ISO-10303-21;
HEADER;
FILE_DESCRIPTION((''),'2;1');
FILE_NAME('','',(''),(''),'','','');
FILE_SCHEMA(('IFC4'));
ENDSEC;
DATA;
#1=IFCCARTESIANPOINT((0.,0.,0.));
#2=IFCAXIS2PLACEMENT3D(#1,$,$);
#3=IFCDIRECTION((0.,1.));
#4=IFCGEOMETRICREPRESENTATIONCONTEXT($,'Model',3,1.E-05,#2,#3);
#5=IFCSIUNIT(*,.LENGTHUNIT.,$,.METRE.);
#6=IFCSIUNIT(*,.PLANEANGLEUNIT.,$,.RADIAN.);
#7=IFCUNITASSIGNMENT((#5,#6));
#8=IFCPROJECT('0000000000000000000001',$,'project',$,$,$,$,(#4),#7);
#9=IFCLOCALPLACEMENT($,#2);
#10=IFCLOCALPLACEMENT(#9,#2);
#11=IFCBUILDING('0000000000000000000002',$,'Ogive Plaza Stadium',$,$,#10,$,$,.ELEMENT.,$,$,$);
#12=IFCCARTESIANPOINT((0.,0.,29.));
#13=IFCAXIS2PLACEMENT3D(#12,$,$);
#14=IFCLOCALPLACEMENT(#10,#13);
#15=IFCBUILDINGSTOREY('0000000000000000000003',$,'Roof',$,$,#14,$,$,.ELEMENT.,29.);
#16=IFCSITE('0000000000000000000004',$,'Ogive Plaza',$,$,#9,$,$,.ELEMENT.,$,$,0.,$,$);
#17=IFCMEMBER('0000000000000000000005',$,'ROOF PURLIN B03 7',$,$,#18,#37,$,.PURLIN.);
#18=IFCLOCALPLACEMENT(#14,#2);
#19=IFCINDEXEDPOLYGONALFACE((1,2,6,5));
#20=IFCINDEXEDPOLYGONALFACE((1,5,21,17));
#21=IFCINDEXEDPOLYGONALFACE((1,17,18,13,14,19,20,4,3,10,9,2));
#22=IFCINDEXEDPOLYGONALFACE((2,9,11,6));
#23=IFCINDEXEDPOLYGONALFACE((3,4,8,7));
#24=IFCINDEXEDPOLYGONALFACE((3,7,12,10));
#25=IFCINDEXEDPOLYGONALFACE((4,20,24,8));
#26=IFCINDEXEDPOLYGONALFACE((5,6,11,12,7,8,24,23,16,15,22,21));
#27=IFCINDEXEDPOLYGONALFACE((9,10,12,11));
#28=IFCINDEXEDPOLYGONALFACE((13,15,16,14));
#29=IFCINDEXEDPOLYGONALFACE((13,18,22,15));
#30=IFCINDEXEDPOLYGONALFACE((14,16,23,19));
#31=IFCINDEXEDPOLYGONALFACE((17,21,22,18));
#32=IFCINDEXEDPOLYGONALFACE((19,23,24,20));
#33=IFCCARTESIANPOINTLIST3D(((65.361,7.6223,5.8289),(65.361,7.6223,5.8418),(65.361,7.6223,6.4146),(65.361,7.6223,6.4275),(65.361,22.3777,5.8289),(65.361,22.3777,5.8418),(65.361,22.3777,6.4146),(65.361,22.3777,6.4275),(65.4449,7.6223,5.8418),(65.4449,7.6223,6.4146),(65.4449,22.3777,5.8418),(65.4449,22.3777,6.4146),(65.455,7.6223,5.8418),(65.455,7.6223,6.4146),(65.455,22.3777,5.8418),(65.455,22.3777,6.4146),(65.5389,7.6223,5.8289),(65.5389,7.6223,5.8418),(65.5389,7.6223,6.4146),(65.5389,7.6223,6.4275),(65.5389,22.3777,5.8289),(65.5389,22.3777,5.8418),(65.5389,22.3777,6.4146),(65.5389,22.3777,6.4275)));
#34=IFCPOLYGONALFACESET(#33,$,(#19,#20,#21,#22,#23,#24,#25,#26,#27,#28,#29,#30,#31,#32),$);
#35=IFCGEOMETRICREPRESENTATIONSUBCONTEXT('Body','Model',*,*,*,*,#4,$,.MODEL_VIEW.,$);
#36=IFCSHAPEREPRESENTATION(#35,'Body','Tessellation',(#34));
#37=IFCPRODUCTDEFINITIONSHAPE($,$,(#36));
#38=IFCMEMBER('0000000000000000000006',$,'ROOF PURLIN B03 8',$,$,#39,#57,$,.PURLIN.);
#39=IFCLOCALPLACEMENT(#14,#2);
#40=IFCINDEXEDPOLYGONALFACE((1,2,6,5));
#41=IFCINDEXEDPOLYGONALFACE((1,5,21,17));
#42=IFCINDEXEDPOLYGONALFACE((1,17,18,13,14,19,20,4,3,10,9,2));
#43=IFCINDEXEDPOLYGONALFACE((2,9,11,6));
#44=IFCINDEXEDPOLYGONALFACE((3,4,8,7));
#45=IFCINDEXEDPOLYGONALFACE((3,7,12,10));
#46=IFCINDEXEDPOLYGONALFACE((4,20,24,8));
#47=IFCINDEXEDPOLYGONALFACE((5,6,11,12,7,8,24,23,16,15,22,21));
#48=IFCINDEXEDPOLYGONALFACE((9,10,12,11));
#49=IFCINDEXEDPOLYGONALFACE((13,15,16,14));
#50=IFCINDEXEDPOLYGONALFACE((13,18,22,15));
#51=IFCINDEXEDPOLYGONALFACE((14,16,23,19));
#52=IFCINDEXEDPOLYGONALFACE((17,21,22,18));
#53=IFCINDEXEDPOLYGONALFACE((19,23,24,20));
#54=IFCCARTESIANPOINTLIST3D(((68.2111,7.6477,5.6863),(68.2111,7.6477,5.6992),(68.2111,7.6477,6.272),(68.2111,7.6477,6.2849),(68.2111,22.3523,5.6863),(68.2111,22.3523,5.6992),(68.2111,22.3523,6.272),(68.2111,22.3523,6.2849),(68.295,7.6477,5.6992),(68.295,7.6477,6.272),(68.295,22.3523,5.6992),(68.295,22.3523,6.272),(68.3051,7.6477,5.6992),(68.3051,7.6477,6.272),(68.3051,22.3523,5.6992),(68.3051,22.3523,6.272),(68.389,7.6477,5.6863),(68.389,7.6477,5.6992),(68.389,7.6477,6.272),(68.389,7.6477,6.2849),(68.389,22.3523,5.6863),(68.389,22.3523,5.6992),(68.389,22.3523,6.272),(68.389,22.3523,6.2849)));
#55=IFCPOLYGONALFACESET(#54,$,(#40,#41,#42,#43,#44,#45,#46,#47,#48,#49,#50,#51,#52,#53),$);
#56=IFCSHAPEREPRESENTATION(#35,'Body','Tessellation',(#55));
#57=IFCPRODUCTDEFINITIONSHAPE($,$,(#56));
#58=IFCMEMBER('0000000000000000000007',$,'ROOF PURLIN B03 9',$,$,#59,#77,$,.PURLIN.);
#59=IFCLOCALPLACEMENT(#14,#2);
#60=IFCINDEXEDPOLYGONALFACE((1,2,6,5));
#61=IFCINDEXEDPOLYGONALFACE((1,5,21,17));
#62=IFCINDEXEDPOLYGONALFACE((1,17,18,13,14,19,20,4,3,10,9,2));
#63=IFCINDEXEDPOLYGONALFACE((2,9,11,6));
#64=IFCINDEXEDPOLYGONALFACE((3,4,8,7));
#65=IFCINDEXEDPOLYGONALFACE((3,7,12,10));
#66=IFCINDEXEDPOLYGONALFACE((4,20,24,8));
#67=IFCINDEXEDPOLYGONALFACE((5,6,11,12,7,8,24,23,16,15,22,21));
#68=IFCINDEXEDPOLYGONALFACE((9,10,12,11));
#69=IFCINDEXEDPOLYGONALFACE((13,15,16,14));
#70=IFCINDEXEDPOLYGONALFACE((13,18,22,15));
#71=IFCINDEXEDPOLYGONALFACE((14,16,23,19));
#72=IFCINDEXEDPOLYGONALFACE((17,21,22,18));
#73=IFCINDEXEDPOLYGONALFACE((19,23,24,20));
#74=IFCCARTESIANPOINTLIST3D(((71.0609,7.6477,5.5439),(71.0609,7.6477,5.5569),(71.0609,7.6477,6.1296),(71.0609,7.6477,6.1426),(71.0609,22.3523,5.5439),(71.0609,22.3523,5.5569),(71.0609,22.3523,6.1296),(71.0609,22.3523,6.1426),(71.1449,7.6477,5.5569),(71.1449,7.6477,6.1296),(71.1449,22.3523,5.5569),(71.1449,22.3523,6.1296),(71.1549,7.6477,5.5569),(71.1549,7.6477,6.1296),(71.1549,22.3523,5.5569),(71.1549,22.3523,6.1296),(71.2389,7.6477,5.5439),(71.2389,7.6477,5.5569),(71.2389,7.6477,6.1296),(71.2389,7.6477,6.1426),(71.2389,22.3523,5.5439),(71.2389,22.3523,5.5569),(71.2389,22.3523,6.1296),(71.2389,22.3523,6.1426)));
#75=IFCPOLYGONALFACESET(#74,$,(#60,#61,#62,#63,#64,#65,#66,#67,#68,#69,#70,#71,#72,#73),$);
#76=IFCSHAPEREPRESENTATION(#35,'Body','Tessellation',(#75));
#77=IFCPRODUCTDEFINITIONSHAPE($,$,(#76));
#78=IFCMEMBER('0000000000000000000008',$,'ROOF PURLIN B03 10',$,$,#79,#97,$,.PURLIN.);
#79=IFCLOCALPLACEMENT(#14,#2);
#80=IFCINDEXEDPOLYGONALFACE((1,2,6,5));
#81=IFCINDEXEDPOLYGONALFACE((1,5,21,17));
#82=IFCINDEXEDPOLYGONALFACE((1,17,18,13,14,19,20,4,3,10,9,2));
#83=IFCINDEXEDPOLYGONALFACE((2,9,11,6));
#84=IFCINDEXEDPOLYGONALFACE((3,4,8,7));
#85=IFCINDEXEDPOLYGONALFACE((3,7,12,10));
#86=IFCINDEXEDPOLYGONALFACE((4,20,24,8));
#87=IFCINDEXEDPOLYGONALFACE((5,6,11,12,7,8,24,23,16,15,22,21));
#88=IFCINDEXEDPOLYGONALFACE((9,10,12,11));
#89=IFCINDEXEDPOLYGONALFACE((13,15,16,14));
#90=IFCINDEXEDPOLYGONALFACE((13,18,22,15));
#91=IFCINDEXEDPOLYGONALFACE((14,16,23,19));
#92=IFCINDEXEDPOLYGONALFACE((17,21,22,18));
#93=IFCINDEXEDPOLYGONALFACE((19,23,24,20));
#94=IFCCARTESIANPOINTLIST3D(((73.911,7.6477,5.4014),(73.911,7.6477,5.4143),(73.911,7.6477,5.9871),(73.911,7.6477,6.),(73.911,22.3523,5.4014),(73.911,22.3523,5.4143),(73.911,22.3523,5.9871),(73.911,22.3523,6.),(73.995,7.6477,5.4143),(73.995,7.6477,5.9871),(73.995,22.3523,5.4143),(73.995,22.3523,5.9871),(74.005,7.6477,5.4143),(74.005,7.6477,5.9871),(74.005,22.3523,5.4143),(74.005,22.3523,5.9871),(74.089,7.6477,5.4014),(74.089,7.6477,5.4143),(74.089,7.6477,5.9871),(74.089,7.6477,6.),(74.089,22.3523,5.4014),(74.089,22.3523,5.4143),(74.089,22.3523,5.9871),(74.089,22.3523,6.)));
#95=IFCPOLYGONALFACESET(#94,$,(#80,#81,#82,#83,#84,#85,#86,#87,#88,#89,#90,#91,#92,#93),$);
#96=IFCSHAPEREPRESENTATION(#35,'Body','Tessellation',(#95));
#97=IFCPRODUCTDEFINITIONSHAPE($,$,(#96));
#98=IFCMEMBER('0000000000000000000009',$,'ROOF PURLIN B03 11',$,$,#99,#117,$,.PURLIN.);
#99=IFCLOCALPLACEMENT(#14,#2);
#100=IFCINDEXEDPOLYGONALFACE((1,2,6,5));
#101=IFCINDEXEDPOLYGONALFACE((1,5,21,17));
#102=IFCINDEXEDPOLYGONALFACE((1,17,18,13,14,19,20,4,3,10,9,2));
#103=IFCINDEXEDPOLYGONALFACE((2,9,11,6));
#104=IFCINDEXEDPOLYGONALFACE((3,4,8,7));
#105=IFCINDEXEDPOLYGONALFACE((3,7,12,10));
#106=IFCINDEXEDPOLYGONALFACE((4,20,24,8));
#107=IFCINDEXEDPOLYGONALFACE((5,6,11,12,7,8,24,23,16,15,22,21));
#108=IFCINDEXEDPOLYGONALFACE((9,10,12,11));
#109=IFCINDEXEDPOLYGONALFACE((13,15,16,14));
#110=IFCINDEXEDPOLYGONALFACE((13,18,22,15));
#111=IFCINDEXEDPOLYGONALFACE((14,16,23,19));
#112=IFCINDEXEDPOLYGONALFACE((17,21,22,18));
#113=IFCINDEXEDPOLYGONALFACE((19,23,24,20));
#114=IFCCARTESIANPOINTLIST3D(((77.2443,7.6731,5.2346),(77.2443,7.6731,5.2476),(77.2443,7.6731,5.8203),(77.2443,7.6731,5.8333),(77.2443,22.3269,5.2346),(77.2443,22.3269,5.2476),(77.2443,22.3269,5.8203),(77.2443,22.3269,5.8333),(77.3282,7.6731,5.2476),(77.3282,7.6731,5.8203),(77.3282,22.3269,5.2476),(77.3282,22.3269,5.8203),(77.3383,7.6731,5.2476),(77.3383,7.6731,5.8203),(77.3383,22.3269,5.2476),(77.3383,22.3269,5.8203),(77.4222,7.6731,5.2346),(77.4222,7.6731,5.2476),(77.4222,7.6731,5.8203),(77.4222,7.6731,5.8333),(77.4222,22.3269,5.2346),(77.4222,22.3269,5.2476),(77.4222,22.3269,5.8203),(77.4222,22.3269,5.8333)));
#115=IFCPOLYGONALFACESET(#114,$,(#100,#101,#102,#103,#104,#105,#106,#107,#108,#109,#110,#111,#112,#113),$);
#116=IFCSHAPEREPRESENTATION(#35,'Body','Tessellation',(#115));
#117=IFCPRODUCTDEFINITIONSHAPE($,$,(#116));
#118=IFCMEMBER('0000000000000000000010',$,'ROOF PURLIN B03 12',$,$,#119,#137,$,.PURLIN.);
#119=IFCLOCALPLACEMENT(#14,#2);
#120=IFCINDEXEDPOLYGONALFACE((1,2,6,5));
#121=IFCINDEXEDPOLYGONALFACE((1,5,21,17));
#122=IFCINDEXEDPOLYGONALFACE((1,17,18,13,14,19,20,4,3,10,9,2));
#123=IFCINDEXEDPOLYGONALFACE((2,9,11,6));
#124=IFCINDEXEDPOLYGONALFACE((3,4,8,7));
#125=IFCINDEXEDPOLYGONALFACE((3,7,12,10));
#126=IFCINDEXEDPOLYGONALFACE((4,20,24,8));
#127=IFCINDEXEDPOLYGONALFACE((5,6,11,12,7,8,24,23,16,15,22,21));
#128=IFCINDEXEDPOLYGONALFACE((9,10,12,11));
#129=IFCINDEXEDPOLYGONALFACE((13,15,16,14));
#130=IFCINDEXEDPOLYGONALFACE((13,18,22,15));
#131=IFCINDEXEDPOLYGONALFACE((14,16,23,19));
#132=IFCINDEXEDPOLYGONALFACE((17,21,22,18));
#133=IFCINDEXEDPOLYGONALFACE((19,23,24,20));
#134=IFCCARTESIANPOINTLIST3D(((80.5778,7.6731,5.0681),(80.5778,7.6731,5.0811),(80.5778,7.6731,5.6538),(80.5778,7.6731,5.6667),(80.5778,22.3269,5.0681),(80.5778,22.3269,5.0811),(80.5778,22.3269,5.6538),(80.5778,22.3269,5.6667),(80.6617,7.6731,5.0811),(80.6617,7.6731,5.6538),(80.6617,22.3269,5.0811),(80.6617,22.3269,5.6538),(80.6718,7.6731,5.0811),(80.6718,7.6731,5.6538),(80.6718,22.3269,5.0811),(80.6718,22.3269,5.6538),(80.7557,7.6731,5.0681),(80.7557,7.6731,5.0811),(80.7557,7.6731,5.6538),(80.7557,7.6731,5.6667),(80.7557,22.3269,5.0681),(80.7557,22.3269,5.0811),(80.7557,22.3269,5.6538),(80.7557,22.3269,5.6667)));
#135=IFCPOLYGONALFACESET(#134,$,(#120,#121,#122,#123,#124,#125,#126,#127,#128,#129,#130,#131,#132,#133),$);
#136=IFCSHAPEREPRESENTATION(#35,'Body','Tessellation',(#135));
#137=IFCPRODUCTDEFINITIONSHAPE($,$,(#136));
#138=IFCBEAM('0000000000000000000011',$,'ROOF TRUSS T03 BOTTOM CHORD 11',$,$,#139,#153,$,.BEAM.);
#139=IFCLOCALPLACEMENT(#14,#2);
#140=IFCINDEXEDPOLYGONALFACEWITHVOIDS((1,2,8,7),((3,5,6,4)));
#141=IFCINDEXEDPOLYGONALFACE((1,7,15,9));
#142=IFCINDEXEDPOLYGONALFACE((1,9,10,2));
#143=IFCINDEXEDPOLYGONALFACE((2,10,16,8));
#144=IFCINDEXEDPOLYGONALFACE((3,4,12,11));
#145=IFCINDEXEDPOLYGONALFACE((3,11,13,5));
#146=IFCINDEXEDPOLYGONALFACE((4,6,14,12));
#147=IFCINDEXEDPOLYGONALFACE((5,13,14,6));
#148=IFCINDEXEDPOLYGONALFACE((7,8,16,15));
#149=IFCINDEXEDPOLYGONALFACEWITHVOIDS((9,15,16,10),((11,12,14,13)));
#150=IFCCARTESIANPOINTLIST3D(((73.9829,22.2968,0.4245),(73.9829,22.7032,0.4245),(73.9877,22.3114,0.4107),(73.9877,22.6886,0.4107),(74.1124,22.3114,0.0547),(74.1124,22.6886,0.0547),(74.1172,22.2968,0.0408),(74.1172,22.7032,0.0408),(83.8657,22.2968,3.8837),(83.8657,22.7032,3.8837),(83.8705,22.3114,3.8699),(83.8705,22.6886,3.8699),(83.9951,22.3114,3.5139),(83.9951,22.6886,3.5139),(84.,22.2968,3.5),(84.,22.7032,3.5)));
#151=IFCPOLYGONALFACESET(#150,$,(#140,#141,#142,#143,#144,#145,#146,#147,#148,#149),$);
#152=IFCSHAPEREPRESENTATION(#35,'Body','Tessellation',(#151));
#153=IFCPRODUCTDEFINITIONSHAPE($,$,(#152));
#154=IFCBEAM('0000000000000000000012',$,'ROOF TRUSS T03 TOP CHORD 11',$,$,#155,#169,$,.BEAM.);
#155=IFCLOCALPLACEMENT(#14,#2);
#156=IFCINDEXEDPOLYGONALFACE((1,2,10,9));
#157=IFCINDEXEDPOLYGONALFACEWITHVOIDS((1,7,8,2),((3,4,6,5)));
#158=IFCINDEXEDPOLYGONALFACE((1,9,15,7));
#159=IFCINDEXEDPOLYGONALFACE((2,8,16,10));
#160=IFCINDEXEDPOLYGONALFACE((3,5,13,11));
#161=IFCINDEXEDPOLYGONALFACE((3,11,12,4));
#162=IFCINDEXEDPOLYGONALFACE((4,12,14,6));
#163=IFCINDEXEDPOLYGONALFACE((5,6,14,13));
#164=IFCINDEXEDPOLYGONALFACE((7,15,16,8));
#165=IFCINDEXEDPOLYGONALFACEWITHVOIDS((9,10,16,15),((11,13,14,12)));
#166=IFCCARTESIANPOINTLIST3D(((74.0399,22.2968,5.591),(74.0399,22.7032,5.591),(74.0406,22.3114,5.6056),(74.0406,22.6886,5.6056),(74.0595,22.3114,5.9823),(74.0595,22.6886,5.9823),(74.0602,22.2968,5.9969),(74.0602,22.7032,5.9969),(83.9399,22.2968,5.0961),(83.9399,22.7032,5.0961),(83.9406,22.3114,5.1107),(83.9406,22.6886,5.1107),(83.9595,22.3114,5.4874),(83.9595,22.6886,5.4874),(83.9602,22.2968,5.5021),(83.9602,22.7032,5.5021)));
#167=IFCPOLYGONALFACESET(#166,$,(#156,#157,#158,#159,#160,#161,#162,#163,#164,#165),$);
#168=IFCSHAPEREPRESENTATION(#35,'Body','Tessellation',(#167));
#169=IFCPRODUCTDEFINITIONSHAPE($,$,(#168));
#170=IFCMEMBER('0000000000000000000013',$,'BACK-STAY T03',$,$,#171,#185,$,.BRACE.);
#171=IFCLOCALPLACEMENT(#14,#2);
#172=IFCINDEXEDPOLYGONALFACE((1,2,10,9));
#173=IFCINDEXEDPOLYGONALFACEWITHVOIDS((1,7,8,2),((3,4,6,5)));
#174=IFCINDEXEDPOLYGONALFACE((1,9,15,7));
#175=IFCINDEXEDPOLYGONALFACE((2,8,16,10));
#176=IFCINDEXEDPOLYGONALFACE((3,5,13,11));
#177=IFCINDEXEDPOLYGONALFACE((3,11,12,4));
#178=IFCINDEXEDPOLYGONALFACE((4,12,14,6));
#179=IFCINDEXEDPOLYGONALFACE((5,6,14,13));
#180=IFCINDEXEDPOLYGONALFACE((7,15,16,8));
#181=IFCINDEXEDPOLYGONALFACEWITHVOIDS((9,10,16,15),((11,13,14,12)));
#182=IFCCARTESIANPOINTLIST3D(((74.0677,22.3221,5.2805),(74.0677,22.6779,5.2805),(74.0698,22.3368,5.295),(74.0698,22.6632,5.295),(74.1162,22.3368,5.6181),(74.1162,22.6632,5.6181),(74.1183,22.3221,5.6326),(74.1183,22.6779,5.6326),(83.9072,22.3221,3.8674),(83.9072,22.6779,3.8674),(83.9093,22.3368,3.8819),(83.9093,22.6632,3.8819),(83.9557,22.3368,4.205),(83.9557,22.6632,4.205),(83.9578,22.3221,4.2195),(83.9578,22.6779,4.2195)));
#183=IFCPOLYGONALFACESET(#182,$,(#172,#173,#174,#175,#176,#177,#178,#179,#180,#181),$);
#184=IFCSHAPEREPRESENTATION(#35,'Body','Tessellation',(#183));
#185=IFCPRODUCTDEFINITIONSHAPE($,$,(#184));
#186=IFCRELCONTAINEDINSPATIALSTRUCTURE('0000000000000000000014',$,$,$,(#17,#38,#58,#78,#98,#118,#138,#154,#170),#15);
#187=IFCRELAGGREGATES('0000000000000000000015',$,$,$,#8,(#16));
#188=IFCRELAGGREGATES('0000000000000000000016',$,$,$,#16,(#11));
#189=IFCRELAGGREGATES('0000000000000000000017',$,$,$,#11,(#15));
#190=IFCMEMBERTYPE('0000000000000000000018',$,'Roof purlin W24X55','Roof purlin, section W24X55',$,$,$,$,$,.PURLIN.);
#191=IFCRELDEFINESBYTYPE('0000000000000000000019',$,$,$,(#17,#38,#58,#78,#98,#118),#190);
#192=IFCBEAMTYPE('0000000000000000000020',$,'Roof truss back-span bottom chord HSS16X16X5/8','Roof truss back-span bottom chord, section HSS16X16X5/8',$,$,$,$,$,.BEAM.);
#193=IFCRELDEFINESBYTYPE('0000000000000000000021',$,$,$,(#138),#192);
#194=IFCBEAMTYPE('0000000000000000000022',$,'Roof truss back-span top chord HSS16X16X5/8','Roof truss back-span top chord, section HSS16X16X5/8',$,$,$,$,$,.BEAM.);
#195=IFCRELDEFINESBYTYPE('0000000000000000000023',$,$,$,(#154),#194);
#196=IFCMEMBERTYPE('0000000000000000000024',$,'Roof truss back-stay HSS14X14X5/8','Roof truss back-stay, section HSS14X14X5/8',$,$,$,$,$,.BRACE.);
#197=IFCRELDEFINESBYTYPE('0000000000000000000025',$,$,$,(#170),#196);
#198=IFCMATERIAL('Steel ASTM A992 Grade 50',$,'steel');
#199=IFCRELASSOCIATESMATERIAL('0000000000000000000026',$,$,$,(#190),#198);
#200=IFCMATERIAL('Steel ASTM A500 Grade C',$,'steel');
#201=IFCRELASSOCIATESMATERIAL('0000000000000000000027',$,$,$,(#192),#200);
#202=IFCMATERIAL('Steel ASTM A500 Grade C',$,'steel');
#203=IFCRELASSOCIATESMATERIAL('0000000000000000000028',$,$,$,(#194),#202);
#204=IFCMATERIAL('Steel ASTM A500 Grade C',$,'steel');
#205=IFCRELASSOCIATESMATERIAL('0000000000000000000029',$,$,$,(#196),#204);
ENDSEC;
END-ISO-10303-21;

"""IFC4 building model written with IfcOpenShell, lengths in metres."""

from ifc_helpers import new_model, si_unit, direction, frame, origin, origin_2d, place, context, subcontext, project, spatial, hollow_rectangle, i_section, extrude, material, material_profile, profile_set, type_object, element, save


model = new_model("IFC4")

# Units and contexts
model_context = context("Model", 3, precision=1e-05, world=origin(), true_north=direction((0.0, 1.0)))
body_context = subcontext(model_context, "Body", "Model", "MODEL_VIEW")
ifc_project = project(units=[si_unit("LENGTHUNIT", "METRE"), si_unit("PLANEANGLEUNIT", "RADIAN")], contexts=[model_context])

# Site, building, storey
site_placement = place(None, origin())
site = spatial("IfcSite", under=ifc_project, at=site_placement, Name="Ogive Plaza", CompositionType="ELEMENT", RefElevation=0.0)
building_placement = place(site_placement, origin())
building = spatial("IfcBuilding", under=site, at=building_placement, Name="Ogive Plaza Stadium", CompositionType="ELEMENT")
storey_placement = place(building_placement, frame((0.0, 0.0, 29.0)))
storey = spatial("IfcBuildingStorey", under=building, at=storey_placement, Name="Roof", CompositionType="ELEMENT", Elevation=29.0)

# Members
ifc_material_1 = material(Name="Steel ASTM A992 Grade 50", Category="steel")
ifc_material_profile_1 = material_profile(ifc_material_1, i_section(OverallWidth=0.178, OverallDepth=0.5986, WebThickness=0.01, FlangeThickness=0.0129, at=origin_2d()), Name="W24X55")
ifc_profile_set_1 = profile_set([ifc_material_profile_1], Name="Steel ASTM A992 Grade 50")
member_type_1 = type_object("IfcMemberType", Name="Roof purlin W24X55", Description="Roof purlin, section W24X55", PredefinedType="PURLIN", material=ifc_profile_set_1)
member_1_placement = place(storey_placement, frame((65.45, 22.3777, 6.1282), z_axis=(0.0, -1.0, 0.0), x_axis=(1.0, 0.0, 0.0)))
element("IfcMember", 1, at=member_1_placement, inside=storey, type_object=member_type_1, Name="ROOF PURLIN B03 7", PredefinedType="PURLIN", context=body_context, shape_type="SweptSolid", body=[
    extrude(i_section(OverallWidth=0.178, OverallDepth=0.5986, WebThickness=0.01, FlangeThickness=0.0129, at=origin_2d()), origin(), (0.0, 0.0, 1.0), 14.7554),
])
for number, where, z_axis, x_axis, name in (
    (2, (68.3, 22.3523, 5.9856), (0.0, -1.0, 0.0), (1.0, 0.0, 0.0), "ROOF PURLIN B03 8"),
    (3, (71.1499, 22.3523, 5.8433), (0.0, -1.0, 0.0), (1.0, 0.0, 0.0), "ROOF PURLIN B03 9"),
    (4, (74.0, 22.3523, 5.7007), (0.0, -1.0, 0.0), (1.0, 0.0, 0.0), "ROOF PURLIN B03 10"),
):
    element("IfcMember", number, at=place(storey_placement, frame(where, z_axis=z_axis, x_axis=x_axis)), inside=storey, type_object=member_type_1, Name=name, PredefinedType="PURLIN", context=body_context, shape_type="SweptSolid", body=[
        extrude(i_section(OverallWidth=0.178, OverallDepth=0.5986, WebThickness=0.01, FlangeThickness=0.0129, at=origin_2d()), origin(), (0.0, 0.0, 1.0), 14.7046),
    ])
for number, where, z_axis, x_axis, name in (
    (5, (77.3333, 22.3269, 5.5339), (0.0, -1.0, 0.0), (1.0, 0.0, 0.0), "ROOF PURLIN B03 11"),
    (6, (80.6667, 22.3269, 5.3674), (0.0, -1.0, 0.0), (1.0, 0.0, 0.0), "ROOF PURLIN B03 12"),
):
    element("IfcMember", number, at=place(storey_placement, frame(where, z_axis=z_axis, x_axis=x_axis)), inside=storey, type_object=member_type_1, Name=name, PredefinedType="PURLIN", context=body_context, shape_type="SweptSolid", body=[
        extrude(i_section(OverallWidth=0.178, OverallDepth=0.5986, WebThickness=0.01, FlangeThickness=0.0129, at=origin_2d()), origin(), (0.0, 0.0, 1.0), 14.6538),
    ])

# Beams
ifc_material_2 = material(Name="Steel ASTM A500 Grade C", Category="steel")
ifc_material_profile_2 = material_profile(ifc_material_2, hollow_rectangle(XDim=0.4065, YDim=0.4065, WallThickness=0.0146, at=origin_2d()), Name="HSS16X16X5/8")
ifc_profile_set_2 = profile_set([ifc_material_profile_2], Name="Steel ASTM A500 Grade C")
beam_type_1 = type_object("IfcBeamType", Name="Roof truss back-span bottom chord HSS16X16X5/8", Description="Roof truss back-span bottom chord, section HSS16X16X5/8", PredefinedType="BEAM", material=ifc_profile_set_2)
beam_1_placement = place(storey_placement, frame((74.05, 22.5, 0.2327), z_axis=(0.943851, 0.0, 0.330371), x_axis=(0.0, 1.0, 0.0)))
element("IfcBeam", 7, at=beam_1_placement, inside=storey, type_object=beam_type_1, Name="ROOF TRUSS T03 BOTTOM CHORD 11", PredefinedType="BEAM", context=body_context, shape_type="SweptSolid", body=[
    extrude(hollow_rectangle(XDim=0.4065, YDim=0.4065, WallThickness=0.0146, at=origin_2d()), origin(), (0.0, 0.0, 1.0), 10.4707),
])
ifc_material_3 = material(Name="Steel ASTM A500 Grade C", Category="steel")
ifc_material_profile_3 = material_profile(ifc_material_3, hollow_rectangle(XDim=0.4065, YDim=0.4065, WallThickness=0.0146, at=origin_2d()), Name="HSS16X16X5/8")
ifc_profile_set_3 = profile_set([ifc_material_profile_3], Name="Steel ASTM A500 Grade C")
beam_type_2 = type_object("IfcBeamType", Name="Roof truss back-span top chord HSS16X16X5/8", Description="Roof truss back-span top chord, section HSS16X16X5/8", PredefinedType="BEAM", material=ifc_profile_set_3)
beam_2_placement = place(storey_placement, frame((74.05, 22.5, 5.7939), z_axis=(0.998753, 0.0, -0.049925), x_axis=(0.0, 1.0, 0.0)))
element("IfcBeam", 8, at=beam_2_placement, inside=storey, type_object=beam_type_2, Name="ROOF TRUSS T03 TOP CHORD 11", PredefinedType="BEAM", context=body_context, shape_type="SweptSolid", body=[
    extrude(hollow_rectangle(XDim=0.4065, YDim=0.4065, WallThickness=0.0146, at=origin_2d()), origin(), (0.0, 0.0, 1.0), 9.9124),
])

# Member
ifc_material_4 = material(Name="Steel ASTM A500 Grade C", Category="steel")
ifc_material_profile_4 = material_profile(ifc_material_4, hollow_rectangle(XDim=0.3557, YDim=0.3557, WallThickness=0.0146, at=origin_2d()), Name="HSS14X14X5/8")
ifc_profile_set_4 = profile_set([ifc_material_profile_4], Name="Steel ASTM A500 Grade C")
member_type_2 = type_object("IfcMemberType", Name="Roof truss back-stay HSS14X14X5/8", Description="Roof truss back-stay, section HSS14X14X5/8", PredefinedType="BRACE", material=ifc_profile_set_4)
member_2_placement = place(storey_placement, frame((74.093, 22.5, 5.4565), z_axis=(0.989844, 0.0, -0.142157), x_axis=(0.0, 1.0, 0.0)))
element("IfcMember", 9, at=member_2_placement, inside=storey, type_object=member_type_2, Name="BACK-STAY T03", PredefinedType="BRACE", context=body_context, shape_type="SweptSolid", body=[
    extrude(hollow_rectangle(XDim=0.3557, YDim=0.3557, WallThickness=0.0146, at=origin_2d()), origin(), (0.0, 0.0, 1.0), 9.9404),
])

save(model, "model.ifc")
